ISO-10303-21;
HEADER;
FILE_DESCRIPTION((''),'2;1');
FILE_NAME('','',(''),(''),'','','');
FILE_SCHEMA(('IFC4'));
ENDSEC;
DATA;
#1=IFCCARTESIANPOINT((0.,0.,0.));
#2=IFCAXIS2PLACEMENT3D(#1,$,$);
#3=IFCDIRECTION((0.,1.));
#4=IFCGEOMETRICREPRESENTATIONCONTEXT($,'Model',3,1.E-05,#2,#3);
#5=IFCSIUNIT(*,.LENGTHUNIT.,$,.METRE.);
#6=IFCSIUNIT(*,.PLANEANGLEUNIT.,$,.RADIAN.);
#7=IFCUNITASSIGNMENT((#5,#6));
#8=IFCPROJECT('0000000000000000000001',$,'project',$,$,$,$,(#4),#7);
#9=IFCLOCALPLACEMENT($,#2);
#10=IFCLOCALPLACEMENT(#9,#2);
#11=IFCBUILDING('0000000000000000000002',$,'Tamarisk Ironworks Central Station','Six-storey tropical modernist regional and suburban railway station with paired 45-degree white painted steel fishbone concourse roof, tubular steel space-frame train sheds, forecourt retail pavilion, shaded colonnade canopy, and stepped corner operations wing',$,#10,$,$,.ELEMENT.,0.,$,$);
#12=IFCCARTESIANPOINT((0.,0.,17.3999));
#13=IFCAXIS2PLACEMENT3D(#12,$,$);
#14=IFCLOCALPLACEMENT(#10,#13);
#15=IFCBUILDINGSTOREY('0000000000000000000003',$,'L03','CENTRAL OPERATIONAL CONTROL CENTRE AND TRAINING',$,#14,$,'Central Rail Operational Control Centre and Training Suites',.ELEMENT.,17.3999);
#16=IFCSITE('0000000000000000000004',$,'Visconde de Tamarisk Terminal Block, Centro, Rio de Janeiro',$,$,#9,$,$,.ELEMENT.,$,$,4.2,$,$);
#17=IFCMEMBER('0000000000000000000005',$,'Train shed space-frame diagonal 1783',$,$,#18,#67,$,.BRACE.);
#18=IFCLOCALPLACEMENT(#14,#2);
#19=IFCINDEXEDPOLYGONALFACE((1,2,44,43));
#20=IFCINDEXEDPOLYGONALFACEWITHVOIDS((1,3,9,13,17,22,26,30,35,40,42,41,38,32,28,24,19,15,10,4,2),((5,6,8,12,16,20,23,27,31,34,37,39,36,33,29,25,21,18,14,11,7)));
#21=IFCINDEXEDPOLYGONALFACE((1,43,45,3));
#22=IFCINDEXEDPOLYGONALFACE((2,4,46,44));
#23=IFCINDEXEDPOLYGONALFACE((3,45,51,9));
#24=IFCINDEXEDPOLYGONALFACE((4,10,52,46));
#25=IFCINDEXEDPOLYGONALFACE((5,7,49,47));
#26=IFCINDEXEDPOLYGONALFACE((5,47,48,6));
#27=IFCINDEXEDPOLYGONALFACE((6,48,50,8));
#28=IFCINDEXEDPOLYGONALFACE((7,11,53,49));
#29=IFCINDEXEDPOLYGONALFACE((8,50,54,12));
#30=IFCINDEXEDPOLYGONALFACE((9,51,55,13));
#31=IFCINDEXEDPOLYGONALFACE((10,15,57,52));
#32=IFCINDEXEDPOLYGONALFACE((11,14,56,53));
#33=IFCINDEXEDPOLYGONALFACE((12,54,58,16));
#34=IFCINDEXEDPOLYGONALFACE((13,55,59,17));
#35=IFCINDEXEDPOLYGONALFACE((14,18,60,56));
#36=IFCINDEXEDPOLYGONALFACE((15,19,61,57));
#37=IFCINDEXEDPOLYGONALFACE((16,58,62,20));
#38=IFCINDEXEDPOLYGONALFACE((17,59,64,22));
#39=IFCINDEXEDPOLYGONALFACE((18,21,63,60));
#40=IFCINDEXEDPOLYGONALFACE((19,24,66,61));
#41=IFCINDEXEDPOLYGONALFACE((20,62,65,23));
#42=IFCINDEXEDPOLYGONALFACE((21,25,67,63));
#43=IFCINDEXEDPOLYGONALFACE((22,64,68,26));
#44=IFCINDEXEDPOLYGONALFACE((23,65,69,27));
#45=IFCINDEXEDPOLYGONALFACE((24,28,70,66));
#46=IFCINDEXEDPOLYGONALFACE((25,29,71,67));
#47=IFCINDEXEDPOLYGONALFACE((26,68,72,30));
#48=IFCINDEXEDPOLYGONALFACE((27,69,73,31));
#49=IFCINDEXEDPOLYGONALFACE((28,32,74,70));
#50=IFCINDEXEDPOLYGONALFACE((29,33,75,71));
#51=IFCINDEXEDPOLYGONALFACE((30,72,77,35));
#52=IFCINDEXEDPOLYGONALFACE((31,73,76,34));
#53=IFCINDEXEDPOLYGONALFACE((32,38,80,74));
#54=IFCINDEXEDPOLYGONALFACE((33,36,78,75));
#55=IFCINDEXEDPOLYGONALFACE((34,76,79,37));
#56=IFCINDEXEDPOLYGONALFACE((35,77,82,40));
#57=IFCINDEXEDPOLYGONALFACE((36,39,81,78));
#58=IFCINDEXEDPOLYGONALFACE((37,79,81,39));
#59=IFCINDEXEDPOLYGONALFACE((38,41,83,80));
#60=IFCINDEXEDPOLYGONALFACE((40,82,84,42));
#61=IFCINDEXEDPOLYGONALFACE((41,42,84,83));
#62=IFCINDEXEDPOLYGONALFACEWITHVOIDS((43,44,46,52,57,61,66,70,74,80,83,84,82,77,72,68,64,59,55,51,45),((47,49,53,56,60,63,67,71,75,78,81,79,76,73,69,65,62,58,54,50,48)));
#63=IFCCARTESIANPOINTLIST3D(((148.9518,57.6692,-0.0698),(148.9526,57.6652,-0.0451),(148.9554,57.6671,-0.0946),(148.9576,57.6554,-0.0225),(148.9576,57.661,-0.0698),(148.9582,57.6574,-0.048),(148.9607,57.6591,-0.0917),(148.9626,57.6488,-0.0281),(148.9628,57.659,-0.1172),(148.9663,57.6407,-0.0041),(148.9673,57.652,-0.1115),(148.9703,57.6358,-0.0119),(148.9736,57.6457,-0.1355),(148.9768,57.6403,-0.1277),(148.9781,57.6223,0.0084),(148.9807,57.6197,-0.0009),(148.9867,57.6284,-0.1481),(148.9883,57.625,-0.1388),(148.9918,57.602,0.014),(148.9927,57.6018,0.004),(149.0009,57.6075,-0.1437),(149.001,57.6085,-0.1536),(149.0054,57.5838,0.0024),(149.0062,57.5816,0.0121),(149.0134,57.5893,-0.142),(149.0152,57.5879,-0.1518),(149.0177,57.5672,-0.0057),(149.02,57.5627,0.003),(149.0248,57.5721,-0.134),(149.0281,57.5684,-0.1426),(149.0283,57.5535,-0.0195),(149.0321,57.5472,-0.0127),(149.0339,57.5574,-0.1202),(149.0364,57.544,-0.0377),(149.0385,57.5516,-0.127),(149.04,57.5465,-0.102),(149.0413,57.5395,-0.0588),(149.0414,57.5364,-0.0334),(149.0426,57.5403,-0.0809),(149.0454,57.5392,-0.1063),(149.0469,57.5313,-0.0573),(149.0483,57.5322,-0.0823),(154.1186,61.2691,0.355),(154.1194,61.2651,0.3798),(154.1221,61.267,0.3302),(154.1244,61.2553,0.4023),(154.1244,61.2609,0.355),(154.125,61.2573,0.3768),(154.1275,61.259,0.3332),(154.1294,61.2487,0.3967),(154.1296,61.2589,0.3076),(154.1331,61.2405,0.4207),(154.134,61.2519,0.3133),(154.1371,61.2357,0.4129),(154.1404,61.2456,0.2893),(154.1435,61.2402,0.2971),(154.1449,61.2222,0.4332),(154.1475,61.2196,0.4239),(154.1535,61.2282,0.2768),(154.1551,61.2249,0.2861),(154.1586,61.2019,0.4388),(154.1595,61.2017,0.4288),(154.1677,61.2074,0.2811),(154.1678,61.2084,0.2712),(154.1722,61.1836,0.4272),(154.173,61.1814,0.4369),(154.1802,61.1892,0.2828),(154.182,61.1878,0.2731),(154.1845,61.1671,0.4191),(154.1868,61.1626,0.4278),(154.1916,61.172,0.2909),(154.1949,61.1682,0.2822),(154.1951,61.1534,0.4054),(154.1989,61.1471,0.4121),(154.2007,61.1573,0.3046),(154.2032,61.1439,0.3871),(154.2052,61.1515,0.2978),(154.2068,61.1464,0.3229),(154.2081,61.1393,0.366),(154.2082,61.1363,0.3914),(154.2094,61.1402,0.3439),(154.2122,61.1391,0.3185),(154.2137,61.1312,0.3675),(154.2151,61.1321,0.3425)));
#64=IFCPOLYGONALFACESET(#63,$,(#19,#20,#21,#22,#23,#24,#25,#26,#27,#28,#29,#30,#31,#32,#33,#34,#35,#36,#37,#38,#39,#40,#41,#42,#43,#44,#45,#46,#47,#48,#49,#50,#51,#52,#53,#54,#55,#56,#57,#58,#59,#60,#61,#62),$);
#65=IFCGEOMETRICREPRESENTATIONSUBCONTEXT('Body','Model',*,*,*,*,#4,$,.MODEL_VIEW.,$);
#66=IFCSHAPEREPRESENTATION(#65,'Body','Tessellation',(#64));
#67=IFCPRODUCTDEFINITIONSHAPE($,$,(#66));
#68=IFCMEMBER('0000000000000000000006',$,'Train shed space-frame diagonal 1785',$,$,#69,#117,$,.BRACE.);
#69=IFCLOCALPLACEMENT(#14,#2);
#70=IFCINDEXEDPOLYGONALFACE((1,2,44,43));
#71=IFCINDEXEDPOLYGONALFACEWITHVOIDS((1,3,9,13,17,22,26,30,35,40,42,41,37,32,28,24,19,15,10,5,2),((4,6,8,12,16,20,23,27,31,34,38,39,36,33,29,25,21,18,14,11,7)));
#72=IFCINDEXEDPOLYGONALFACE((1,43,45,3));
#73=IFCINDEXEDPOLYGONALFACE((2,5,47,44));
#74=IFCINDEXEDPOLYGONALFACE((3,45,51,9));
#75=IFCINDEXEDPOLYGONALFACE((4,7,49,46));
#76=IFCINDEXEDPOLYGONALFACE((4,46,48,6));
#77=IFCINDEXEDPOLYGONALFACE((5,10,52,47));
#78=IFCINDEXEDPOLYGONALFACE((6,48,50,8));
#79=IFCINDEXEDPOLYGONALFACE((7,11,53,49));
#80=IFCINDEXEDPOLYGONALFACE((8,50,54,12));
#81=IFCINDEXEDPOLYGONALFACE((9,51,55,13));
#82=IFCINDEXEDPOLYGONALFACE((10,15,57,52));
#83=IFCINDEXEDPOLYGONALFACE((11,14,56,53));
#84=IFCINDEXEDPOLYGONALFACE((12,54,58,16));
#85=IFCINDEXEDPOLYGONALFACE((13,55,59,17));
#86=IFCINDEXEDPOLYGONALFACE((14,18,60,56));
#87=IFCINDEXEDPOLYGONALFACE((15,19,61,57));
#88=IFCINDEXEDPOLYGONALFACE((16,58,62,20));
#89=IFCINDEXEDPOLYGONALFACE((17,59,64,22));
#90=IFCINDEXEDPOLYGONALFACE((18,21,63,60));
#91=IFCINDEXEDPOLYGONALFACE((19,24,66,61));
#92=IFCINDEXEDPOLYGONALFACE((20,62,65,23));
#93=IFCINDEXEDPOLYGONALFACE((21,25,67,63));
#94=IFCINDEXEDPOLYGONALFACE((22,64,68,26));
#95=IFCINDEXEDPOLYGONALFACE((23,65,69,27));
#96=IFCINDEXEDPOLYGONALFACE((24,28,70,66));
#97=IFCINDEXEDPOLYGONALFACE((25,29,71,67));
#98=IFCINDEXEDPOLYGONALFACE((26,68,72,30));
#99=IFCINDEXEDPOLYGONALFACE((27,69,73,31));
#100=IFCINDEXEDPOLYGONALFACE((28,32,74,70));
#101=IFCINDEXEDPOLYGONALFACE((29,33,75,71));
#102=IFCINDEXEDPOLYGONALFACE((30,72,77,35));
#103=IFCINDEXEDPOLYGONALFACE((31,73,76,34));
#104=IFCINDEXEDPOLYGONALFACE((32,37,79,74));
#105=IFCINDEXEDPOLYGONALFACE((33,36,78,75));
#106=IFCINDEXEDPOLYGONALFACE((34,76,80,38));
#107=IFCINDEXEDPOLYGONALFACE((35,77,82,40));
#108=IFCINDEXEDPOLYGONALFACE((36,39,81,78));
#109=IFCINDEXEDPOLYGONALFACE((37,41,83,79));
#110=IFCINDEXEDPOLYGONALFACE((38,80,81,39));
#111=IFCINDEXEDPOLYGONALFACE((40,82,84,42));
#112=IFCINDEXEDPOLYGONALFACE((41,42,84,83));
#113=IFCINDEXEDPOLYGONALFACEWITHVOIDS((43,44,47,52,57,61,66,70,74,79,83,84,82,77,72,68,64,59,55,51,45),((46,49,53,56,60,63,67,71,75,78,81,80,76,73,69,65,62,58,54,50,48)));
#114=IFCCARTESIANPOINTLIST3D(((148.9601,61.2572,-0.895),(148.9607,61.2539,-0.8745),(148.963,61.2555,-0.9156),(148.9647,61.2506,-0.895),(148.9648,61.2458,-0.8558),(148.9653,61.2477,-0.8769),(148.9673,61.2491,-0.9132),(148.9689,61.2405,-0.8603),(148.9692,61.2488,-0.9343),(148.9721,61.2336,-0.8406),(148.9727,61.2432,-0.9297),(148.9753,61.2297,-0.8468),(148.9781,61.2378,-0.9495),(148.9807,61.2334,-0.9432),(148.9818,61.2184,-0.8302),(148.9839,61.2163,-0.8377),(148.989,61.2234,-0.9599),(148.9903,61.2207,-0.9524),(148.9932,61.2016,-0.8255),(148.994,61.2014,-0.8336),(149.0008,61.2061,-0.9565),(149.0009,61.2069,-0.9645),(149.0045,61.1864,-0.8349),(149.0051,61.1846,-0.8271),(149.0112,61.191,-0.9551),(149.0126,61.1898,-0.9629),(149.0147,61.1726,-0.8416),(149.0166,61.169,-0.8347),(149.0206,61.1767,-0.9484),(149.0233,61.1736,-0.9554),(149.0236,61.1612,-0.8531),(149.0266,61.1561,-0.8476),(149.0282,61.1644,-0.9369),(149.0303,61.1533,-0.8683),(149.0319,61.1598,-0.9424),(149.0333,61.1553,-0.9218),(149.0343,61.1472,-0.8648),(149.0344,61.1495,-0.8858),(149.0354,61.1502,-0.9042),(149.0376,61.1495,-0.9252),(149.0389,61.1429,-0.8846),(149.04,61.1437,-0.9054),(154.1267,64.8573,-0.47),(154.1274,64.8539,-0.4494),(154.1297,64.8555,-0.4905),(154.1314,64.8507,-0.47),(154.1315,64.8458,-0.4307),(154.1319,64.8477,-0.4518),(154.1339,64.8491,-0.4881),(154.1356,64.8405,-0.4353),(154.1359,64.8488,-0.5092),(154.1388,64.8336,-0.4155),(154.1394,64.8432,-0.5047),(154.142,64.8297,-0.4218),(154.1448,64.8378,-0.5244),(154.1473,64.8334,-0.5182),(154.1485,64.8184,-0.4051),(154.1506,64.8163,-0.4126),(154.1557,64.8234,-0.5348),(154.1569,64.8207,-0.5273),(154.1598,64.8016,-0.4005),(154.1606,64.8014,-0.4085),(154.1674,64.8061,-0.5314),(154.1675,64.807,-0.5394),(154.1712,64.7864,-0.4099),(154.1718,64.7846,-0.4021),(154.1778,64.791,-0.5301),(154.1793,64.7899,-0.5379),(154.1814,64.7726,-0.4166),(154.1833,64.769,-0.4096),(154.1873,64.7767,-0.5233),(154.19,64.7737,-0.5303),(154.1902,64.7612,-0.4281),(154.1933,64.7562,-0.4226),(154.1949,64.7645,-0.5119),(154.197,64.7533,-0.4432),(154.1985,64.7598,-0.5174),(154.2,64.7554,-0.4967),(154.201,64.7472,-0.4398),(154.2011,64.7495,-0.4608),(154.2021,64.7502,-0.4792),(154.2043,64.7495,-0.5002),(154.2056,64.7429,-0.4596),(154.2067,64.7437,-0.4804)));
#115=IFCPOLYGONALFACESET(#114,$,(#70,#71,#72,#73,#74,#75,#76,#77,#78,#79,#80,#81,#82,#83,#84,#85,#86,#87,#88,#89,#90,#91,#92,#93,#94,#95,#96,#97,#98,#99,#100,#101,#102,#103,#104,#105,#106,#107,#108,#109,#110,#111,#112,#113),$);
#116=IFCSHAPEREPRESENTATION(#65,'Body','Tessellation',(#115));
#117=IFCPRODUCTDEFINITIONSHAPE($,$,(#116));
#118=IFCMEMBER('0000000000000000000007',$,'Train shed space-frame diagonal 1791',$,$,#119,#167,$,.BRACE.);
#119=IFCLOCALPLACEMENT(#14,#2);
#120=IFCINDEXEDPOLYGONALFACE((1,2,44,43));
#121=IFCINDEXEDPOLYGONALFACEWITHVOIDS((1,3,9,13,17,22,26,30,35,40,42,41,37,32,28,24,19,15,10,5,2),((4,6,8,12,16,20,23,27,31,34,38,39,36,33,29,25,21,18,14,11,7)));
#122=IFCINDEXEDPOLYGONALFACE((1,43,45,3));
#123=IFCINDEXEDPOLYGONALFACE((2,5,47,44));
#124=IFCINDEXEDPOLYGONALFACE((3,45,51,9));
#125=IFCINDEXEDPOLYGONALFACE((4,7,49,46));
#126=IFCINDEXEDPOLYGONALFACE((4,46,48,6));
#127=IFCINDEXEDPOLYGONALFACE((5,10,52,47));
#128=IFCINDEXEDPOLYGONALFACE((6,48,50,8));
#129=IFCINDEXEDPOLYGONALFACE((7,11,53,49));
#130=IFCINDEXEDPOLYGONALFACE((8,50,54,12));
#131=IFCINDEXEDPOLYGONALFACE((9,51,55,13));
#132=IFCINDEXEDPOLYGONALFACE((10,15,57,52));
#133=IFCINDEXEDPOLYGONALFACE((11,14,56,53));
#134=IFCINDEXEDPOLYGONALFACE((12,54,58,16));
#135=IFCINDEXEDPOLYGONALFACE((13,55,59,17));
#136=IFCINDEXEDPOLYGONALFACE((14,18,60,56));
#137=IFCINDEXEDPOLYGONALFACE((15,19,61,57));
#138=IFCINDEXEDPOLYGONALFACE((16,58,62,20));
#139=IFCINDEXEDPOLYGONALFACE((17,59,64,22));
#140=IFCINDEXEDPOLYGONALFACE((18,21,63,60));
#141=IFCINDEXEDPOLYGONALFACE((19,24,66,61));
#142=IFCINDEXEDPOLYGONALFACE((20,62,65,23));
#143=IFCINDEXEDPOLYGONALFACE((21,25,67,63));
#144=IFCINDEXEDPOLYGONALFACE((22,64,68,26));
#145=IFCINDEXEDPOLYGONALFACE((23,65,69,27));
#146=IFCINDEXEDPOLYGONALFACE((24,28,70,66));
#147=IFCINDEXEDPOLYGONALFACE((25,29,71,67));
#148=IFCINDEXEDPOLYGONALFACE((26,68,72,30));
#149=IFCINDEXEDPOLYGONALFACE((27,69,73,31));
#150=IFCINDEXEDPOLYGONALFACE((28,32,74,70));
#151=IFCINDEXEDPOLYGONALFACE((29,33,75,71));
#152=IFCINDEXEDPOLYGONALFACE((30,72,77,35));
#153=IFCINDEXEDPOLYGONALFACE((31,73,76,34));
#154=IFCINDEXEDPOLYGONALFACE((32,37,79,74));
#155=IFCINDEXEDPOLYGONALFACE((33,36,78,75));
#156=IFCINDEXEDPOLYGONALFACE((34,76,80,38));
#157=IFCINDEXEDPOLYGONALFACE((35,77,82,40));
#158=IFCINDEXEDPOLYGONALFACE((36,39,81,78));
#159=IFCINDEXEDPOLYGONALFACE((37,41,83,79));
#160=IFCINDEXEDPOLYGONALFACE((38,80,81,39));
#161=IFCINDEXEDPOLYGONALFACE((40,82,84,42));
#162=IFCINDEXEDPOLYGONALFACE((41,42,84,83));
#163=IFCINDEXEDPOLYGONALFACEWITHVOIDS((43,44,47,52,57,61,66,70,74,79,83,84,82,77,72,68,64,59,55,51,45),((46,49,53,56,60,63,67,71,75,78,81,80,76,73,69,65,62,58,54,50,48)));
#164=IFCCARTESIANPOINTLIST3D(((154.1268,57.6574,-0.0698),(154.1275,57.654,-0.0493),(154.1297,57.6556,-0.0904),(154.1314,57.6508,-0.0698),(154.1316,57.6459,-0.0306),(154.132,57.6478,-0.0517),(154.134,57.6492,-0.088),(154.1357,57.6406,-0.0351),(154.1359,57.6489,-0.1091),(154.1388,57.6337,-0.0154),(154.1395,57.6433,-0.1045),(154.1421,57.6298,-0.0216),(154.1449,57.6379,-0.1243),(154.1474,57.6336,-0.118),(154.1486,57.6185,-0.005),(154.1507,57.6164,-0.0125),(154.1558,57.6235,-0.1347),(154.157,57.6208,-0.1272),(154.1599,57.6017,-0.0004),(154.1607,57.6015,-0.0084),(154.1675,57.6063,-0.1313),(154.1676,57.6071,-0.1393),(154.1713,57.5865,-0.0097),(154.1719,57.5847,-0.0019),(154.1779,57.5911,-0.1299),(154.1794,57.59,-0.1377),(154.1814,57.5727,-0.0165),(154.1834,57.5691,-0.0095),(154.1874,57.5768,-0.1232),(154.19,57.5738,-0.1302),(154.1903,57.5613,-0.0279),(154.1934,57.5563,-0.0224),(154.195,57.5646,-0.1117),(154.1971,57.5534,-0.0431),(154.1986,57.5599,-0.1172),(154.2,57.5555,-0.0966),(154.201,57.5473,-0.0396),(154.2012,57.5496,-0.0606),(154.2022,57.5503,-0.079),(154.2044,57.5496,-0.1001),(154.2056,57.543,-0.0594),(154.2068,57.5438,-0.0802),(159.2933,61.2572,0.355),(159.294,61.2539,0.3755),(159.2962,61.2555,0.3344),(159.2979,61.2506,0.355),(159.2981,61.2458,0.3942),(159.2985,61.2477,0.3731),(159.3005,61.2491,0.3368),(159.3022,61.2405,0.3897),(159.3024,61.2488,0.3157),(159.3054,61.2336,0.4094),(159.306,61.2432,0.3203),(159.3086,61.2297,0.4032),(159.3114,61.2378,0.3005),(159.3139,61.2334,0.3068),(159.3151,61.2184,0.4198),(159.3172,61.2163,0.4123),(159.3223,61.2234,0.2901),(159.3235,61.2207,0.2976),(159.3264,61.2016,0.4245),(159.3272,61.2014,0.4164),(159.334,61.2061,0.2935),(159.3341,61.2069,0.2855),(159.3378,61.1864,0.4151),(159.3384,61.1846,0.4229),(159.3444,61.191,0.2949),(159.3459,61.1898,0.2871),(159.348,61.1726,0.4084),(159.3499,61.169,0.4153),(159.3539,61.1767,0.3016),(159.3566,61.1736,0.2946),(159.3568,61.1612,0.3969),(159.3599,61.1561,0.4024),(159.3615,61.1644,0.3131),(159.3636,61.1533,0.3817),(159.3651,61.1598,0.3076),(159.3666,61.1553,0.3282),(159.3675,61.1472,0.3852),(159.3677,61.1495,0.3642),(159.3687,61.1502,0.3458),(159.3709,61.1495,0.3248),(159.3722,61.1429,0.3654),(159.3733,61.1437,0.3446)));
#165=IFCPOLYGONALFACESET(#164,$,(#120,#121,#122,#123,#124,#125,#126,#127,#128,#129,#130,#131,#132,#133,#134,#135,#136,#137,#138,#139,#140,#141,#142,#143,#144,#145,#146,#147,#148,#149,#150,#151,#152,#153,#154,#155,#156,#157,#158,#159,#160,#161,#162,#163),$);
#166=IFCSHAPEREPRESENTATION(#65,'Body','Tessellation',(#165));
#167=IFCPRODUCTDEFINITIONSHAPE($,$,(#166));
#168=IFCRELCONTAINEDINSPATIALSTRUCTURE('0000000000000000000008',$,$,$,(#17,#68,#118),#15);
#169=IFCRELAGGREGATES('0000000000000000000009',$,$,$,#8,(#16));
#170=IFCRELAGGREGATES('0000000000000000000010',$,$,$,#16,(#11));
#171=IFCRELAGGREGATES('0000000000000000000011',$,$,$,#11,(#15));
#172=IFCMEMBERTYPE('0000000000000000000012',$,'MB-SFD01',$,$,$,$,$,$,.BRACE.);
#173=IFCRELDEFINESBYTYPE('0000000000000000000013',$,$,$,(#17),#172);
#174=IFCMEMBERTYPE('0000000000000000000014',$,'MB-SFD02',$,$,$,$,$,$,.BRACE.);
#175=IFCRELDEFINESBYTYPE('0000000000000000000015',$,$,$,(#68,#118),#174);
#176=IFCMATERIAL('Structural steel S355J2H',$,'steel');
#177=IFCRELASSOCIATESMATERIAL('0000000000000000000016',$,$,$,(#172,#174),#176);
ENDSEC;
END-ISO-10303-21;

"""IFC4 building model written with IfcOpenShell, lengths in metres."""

from ifc_helpers import new_model, si_unit, direction, frame, origin, origin_2d, place, context, subcontext, project, spatial, hollow_circle, extrude, material, material_profile, profile_set, type_object, element, save


model = new_model("IFC4")

# Units and contexts
model_context = context("Model", 3, precision=1e-05, world=origin(), true_north=direction((0.0, 1.0)))
body_context = subcontext(model_context, "Body", "Model", "MODEL_VIEW")
ifc_project = project(units=[si_unit("LENGTHUNIT", "METRE"), si_unit("PLANEANGLEUNIT", "RADIAN")], contexts=[model_context])

# Site, building, storey
site_placement = place(None, origin())
site = spatial("IfcSite", under=ifc_project, at=site_placement, Name="Visconde de Tamarisk Terminal Block, Centro, Rio de Janeiro", CompositionType="ELEMENT", RefElevation=4.2)
building_placement = place(site_placement, origin())
building = spatial("IfcBuilding", under=site, at=building_placement, Name="Tamarisk Ironworks Central Station", Description="Six-storey tropical modernist regional and suburban railway station with paired 45-degree white painted steel fishbone concourse roof, tubular steel space-frame train sheds, forecourt retail pavilion, shaded colonnade canopy, and stepped corner operations wing", CompositionType="ELEMENT", ElevationOfRefHeight=0.0)
storey_placement = place(building_placement, frame((0.0, 0.0, 17.3999)))
storey = spatial("IfcBuildingStorey", under=building, at=storey_placement, Name="L03", Description="CENTRAL OPERATIONAL CONTROL CENTRE AND TRAINING", LongName="Central Rail Operational Control Centre and Training Suites", CompositionType="ELEMENT", Elevation=17.3999)

# Members
ifc_material = material(Name="Structural steel S355J2H", Category="steel")
ifc_material_profile_1 = material_profile(ifc_material, hollow_circle(Radius=0.0842, WallThickness=0.01, at=origin_2d()), Name="CHS 168.3x10")
ifc_profile_set_1 = profile_set([ifc_material_profile_1], Name="Structural steel S355J2H")
member_type_1 = type_object("IfcMemberType", Name="MB-SFD01", PredefinedType="BRACE", material=ifc_profile_set_1)
member_1_placement = place(storey_placement, frame((149.0, 57.6001, -0.0698), z_axis=(0.818628, 0.570367, 0.067307), x_axis=(-0.571663, 0.820489, 0.0)))
element("IfcMember", 1, at=member_1_placement, inside=storey, type_object=member_type_1, Name="Train shed space-frame diagonal 1783", PredefinedType="BRACE", context=body_context, shape_type="SweptSolid", body=[
    extrude(hollow_circle(Radius=0.0842, WallThickness=0.01, at=origin_2d()), origin(), (0.0, 0.0, 1.0), 6.3115),
])
ifc_material_profile_2 = material_profile(ifc_material, hollow_circle(Radius=0.0698, WallThickness=0.0081, at=origin_2d()), Name="CHS 139.7x8")
ifc_profile_set_2 = profile_set([ifc_material_profile_2], Name="Structural steel S355J2H")
member_type_2 = type_object("IfcMemberType", Name="MB-SFD02", PredefinedType="BRACE", material=ifc_profile_set_2)
member_2_placement = place(storey_placement, frame((149.0, 61.2, -0.895), z_axis=(0.818608, 0.570391, 0.067344), x_axis=(-0.571689, 0.82047, 0.0)))
element("IfcMember", 2, at=member_2_placement, inside=storey, type_object=member_type_2, Name="Train shed space-frame diagonal 1785", PredefinedType="BRACE", context=body_context, shape_type="SweptSolid", body=[
    extrude(hollow_circle(Radius=0.0698, WallThickness=0.0081, at=origin_2d()), origin(), (0.0, 0.0, 1.0), 6.3115),
])
member_3_placement = place(storey_placement, frame((154.1667, 57.6001, -0.0698), z_axis=(0.818615, 0.570385, 0.067309), x_axis=(-0.571681, 0.820476, 0.0)))
element("IfcMember", 3, at=member_3_placement, inside=storey, type_object=member_type_2, Name="Train shed space-frame diagonal 1791", PredefinedType="BRACE", context=body_context, shape_type="SweptSolid", body=[
    extrude(hollow_circle(Radius=0.0698, WallThickness=0.0081, at=origin_2d()), origin(), (0.0, 0.0, 1.0), 6.3113),
])

save(model, "model.ifc")
